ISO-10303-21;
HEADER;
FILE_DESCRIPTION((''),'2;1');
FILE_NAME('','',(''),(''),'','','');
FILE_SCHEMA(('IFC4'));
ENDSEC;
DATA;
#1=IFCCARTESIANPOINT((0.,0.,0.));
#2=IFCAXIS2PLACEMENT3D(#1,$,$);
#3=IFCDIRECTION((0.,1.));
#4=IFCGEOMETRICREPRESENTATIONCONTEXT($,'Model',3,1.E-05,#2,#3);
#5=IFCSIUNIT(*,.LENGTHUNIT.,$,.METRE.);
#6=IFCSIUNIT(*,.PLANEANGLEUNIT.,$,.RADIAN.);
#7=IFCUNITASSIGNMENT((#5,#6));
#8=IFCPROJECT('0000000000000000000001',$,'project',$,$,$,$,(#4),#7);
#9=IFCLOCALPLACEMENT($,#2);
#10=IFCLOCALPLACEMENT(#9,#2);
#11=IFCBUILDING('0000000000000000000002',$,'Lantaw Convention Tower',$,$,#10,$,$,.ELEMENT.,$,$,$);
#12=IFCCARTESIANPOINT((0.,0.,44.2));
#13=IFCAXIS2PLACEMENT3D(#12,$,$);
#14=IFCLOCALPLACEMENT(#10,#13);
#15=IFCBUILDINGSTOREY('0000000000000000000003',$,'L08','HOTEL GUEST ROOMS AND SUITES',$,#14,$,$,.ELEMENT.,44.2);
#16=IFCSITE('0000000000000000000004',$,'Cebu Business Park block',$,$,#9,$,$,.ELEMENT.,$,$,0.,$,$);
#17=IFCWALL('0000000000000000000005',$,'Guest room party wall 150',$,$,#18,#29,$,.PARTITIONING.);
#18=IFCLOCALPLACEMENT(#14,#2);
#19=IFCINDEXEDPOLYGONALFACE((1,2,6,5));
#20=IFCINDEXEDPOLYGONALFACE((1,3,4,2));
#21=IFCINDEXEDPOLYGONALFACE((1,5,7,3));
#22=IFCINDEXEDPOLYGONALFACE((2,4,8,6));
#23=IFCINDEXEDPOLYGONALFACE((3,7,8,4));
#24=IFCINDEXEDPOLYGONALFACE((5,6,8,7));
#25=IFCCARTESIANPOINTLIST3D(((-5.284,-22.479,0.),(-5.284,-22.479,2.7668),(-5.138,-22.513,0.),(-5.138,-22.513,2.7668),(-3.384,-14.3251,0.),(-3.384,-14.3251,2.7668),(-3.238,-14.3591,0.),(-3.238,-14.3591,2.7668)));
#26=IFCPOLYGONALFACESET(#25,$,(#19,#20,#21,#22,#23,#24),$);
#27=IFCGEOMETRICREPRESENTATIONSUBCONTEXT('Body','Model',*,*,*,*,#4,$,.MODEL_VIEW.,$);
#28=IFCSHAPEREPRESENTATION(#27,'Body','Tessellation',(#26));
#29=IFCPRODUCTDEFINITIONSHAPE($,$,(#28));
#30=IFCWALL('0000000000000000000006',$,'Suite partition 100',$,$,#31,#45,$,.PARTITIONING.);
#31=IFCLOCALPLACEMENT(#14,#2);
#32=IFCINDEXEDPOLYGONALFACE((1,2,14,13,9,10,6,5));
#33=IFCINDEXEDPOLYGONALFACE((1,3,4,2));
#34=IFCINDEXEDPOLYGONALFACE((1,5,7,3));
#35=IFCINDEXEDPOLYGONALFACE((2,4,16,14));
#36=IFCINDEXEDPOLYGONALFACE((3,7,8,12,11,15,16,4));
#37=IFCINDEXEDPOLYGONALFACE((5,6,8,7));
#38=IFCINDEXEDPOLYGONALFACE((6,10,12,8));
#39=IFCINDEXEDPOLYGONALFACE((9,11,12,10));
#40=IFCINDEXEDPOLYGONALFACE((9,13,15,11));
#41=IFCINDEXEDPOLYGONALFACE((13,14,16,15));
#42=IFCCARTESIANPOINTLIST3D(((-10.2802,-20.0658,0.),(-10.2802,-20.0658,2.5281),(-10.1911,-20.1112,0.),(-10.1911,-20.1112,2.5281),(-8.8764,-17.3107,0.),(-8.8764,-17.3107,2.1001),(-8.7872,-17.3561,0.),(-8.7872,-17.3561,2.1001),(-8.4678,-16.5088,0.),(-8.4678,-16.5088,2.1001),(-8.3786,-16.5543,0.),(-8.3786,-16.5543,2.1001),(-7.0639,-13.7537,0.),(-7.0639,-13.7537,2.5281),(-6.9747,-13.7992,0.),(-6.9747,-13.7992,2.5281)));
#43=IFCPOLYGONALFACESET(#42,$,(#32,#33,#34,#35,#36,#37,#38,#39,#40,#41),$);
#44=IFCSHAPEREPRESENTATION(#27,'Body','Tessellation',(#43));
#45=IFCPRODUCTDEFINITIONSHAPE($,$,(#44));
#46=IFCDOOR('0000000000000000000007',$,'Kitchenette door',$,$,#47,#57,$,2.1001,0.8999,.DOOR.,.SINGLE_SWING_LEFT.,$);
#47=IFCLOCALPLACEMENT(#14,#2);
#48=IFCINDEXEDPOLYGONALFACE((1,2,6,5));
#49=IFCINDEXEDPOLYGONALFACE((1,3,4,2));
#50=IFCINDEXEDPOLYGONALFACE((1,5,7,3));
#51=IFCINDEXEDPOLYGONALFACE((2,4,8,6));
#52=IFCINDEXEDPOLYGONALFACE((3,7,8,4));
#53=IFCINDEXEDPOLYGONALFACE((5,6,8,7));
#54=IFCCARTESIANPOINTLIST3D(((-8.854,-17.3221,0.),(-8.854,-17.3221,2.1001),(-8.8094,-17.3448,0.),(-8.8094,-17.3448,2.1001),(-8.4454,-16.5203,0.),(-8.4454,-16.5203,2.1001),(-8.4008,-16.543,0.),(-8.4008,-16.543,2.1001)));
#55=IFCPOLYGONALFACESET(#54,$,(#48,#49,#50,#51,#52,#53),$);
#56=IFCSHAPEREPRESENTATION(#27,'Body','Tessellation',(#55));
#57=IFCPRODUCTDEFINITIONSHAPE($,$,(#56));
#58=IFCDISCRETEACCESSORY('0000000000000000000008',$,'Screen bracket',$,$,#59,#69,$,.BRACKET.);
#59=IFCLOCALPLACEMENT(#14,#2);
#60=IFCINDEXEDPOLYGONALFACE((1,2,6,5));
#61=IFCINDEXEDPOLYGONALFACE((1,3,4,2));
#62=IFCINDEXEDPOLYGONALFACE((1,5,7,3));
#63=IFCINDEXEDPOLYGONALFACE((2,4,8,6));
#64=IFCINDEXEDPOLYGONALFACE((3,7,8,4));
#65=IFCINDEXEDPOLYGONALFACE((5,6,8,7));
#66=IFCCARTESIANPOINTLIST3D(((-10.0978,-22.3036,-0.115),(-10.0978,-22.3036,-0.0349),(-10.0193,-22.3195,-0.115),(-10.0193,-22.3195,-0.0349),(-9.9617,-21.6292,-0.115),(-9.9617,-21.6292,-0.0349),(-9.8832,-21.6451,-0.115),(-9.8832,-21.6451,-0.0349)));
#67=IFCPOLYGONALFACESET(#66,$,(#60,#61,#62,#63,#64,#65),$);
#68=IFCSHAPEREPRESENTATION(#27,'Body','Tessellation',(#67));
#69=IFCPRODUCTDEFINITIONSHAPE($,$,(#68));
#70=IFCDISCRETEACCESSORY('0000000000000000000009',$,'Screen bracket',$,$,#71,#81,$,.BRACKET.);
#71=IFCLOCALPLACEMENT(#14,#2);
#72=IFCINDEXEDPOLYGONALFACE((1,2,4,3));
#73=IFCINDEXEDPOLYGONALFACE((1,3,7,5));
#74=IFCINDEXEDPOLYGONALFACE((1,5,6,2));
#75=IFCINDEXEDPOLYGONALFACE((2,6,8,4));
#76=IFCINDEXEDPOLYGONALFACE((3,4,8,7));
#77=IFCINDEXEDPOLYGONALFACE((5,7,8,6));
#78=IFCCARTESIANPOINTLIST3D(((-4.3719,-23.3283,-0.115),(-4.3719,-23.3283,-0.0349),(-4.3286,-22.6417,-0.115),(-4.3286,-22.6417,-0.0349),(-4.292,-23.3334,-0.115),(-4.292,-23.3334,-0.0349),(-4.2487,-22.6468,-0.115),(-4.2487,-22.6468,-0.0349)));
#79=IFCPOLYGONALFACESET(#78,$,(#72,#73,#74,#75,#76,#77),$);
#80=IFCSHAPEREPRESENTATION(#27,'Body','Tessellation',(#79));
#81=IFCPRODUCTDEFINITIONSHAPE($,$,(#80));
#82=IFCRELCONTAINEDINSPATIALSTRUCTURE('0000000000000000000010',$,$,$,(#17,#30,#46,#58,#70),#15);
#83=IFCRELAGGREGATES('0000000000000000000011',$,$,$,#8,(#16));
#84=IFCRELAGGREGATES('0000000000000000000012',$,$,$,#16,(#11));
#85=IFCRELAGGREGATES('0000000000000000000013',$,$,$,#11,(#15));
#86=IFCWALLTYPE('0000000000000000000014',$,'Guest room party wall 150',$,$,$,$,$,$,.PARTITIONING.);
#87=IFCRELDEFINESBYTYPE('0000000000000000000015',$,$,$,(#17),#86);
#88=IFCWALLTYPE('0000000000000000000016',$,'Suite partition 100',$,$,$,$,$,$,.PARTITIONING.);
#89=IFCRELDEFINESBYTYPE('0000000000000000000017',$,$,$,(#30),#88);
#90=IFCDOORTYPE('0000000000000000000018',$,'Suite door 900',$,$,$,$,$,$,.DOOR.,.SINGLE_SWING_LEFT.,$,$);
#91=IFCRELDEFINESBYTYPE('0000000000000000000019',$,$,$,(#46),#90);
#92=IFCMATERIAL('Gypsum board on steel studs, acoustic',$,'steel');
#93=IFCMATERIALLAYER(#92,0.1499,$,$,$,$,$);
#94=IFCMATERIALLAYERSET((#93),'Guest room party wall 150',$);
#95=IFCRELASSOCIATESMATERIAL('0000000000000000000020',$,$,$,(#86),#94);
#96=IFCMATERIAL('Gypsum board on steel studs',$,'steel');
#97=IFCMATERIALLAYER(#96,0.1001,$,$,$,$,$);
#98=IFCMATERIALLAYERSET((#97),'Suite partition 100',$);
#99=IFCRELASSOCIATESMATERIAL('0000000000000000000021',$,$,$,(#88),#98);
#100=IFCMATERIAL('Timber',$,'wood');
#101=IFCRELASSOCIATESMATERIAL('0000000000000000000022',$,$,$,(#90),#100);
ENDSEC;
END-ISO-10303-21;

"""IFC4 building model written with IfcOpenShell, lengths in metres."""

from ifc_helpers import new_model, si_unit, direction, frame, frame_2d, origin, origin_2d, place, context, subcontext, project, spatial, rectangle, extrude, material, layer, layer_set, type_object, element, fill, save


model = new_model("IFC4")

# Units and contexts
model_context = context("Model", 3, precision=1e-05, world=origin(), true_north=direction((0.0, 1.0)))
body_context = subcontext(model_context, "Body", "Model", "MODEL_VIEW")
ifc_project = project(units=[si_unit("LENGTHUNIT", "METRE"), si_unit("PLANEANGLEUNIT", "RADIAN")], contexts=[model_context])

# Site, building, storey
site_placement = place(None, origin())
site = spatial("IfcSite", under=ifc_project, at=site_placement, Name="Cebu Business Park block", CompositionType="ELEMENT", RefElevation=0.0)
building_placement = place(site_placement, origin())
building = spatial("IfcBuilding", under=site, at=building_placement, Name="Lantaw Convention Tower", CompositionType="ELEMENT")
storey_placement = place(building_placement, frame((0.0, 0.0, 44.2)))
storey = spatial("IfcBuildingStorey", under=building, at=storey_placement, Name="L08", Description="HOTEL GUEST ROOMS AND SUITES", CompositionType="ELEMENT", Elevation=44.2)

# Shared definitions
ifc_material_1 = material(Name="Timber", Category="wood")

# Wall
ifc_material_2 = material(Name="Gypsum board on steel studs, acoustic", Category="steel")
ifc_layer_1 = layer(ifc_material_2, 0.1499)
ifc_layer_set_1 = layer_set([ifc_layer_1], Name="Guest room party wall 150")
wall_type_1 = type_object("IfcWallType", Name="Guest room party wall 150", PredefinedType="PARTITIONING", material=ifc_layer_set_1)
wall_1_placement = place(storey_placement, frame((-5.2109, -22.4958, 0.0), z_axis=(0.0, 0.0, 1.0), x_axis=(0.226929, 0.973911, 0.0)))
element("IfcWall", 1, at=wall_1_placement, inside=storey, type_object=wall_type_1, Name="Guest room party wall 150", PredefinedType="PARTITIONING", context=body_context, shape_type="SweptSolid", body=[
    extrude(rectangle(XDim=8.3723, YDim=0.1499, at=frame_2d((4.186, 0.0))), origin(), (0.0, 0.0, 1.0), 2.7668),
])

# Wall, opening, door
ifc_material_3 = material(Name="Gypsum board on steel studs", Category="steel")
ifc_layer_2 = layer(ifc_material_3, 0.1001)
ifc_layer_set_2 = layer_set([ifc_layer_2], Name="Suite partition 100")
wall_type_2 = type_object("IfcWallType", Name="Suite partition 100", PredefinedType="PARTITIONING", material=ifc_layer_set_2)
wall_2_placement = place(storey_placement, frame((-10.2356, -20.0884, 0.0), z_axis=(0.0, 0.0, 1.0), x_axis=(0.45401, 0.890996, 0.0)))
wall_2 = element("IfcWall", 2, at=wall_2_placement, inside=storey, type_object=wall_type_2, Name="Suite partition 100", PredefinedType="PARTITIONING", context=body_context, shape_type="SweptSolid", body=[
    extrude(rectangle(XDim=7.0842, YDim=0.1001, at=frame_2d((3.542, 0.0))), origin(), (0.0, 0.0, 1.0), 2.5281),
])
opening_1_placement = place(wall_2_placement, frame((3.092, 0.0, 0.0)))
opening_1 = element("IfcOpeningElement", 3, at=opening_1_placement, cuts=wall_2, PredefinedType="OPENING", context=body_context, shape_type="SweptSolid", body=[
    extrude(rectangle(XDim=0.8999, YDim=2.1001, at=frame_2d((0.45, 1.05))), frame((0.0, 0.0601, 0.0), z_axis=(0.0, -1.0, 0.0), x_axis=(1.0, 0.0, 0.0)), (0.0, 0.0, 1.0), 0.1201),
])
door_type_1 = type_object("IfcDoorType", Name="Suite door 900", OperationType="SINGLE_SWING_LEFT", PredefinedType="DOOR", material=ifc_material_1)
door_1_placement = place(opening_1_placement, origin())
door_1 = element("IfcDoor", 4, at=door_1_placement, inside=storey, type_object=door_type_1, Name="Kitchenette door", OperationType="SINGLE_SWING_LEFT", OverallHeight=2.1001, OverallWidth=0.8999, PredefinedType="DOOR", context=body_context, shape_type="SweptSolid", body=[
    extrude(rectangle(XDim=0.8999, YDim=2.1001, at=frame_2d((0.45, 1.05))), frame((0.0, 0.0249, 0.0), z_axis=(0.0, -1.0, 0.0), x_axis=(1.0, 0.0, 0.0)), (0.0, 0.0, 1.0), 0.05),
])
fill(opening_1, door_1)

# Discrete accessories
for number, where, z_axis, x_axis, name in (
    (5, (-9.9905, -21.9744, -0.115), (0.0, 0.0, 1.0), (0.980245, -0.197789, 0.0), "Screen bracket"),
    (6, (-4.3103, -22.9875, -0.115), (0.0, 0.0, 1.0), (0.998016, -0.062958, 0.0), "Screen bracket"),
):
    element("IfcDiscreteAccessory", number, at=place(storey_placement, frame(where, z_axis=z_axis, x_axis=x_axis)), inside=storey, Name=name, PredefinedType="BRACKET", context=body_context, shape_type="SweptSolid", body=[
        extrude(rectangle(XDim=0.0801, YDim=0.688, at=origin_2d()), origin(), (0.0, 0.0, 1.0), 0.0801),
    ])

save(model, "model.ifc")
